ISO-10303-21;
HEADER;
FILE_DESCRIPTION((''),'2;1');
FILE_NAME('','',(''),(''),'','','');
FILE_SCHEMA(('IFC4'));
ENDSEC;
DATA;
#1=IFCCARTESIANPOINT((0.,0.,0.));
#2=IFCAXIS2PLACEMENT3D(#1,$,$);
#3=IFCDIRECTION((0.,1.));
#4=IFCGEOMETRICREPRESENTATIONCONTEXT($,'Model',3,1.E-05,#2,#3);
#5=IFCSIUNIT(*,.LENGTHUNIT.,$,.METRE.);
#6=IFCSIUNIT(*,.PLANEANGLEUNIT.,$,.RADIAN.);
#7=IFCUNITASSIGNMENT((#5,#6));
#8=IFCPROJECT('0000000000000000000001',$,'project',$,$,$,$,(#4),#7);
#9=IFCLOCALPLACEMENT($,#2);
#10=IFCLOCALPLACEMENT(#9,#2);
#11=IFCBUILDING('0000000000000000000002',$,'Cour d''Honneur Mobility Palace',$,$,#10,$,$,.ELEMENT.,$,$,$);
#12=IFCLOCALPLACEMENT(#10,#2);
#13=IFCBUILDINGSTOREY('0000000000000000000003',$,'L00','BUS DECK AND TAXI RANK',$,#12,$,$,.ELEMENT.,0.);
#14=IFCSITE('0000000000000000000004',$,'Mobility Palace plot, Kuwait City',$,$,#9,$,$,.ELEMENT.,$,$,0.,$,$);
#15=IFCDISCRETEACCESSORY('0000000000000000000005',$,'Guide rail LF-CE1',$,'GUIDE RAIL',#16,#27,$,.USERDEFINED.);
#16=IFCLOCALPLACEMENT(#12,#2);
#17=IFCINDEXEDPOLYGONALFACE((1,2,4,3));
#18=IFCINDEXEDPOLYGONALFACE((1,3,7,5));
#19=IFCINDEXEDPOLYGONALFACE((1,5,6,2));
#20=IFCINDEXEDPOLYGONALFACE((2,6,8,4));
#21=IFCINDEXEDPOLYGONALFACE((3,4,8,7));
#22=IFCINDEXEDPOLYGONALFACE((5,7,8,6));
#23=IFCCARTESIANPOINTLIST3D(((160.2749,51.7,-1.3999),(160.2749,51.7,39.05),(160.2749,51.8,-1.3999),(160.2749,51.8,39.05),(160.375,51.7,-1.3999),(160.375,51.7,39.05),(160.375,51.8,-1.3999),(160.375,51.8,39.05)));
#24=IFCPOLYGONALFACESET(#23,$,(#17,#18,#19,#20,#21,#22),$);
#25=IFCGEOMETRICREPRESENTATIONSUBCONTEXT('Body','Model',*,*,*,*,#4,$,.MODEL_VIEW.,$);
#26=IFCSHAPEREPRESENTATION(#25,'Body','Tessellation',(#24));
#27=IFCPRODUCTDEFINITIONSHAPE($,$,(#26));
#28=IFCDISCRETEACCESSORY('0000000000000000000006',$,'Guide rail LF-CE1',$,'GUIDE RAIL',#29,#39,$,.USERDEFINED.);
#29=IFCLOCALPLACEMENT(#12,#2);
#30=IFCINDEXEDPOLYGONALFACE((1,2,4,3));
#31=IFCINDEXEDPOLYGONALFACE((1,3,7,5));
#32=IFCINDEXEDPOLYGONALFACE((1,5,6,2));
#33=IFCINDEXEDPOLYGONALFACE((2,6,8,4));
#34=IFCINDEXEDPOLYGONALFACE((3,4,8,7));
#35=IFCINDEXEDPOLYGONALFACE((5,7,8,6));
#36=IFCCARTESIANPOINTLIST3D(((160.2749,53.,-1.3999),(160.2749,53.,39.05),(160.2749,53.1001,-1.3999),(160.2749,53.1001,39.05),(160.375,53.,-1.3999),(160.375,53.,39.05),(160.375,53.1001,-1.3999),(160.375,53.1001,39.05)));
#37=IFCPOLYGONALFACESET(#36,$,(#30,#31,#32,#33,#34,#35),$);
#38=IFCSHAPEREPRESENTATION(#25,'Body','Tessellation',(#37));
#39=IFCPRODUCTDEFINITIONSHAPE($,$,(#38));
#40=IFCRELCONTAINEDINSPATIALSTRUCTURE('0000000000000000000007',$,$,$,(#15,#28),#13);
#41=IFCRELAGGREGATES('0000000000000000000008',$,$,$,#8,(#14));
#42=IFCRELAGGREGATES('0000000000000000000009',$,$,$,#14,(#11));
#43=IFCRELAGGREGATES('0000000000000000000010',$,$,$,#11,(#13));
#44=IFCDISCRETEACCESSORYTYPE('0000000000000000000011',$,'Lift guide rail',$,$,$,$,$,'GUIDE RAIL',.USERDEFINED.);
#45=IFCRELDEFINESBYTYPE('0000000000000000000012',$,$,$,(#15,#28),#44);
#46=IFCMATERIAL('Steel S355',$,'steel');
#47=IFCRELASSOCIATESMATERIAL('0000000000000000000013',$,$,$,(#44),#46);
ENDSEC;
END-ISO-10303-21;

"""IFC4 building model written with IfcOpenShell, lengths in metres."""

from ifc_helpers import new_model, si_unit, direction, frame, origin, origin_2d, place, context, subcontext, project, spatial, rectangle, extrude, material, type_object, element, save


model = new_model("IFC4")

# Units and contexts
model_context = context("Model", 3, precision=1e-05, world=origin(), true_north=direction((0.0, 1.0)))
body_context = subcontext(model_context, "Body", "Model", "MODEL_VIEW")
ifc_project = project(units=[si_unit("LENGTHUNIT", "METRE"), si_unit("PLANEANGLEUNIT", "RADIAN")], contexts=[model_context])

# Site, building, storey
site_placement = place(None, origin())
site = spatial("IfcSite", under=ifc_project, at=site_placement, Name="Mobility Palace plot, Kuwait City", CompositionType="ELEMENT", RefElevation=0.0)
building_placement = place(site_placement, origin())
building = spatial("IfcBuilding", under=site, at=building_placement, Name="Cour d'Honneur Mobility Palace", CompositionType="ELEMENT")
storey_placement = place(building_placement, origin())
storey = spatial("IfcBuildingStorey", under=building, at=storey_placement, Name="L00", Description="BUS DECK AND TAXI RANK", CompositionType="ELEMENT", Elevation=0.0)

# Discrete accessories
ifc_material_1 = material(Name="Steel S355", Category="steel")
discrete_accessory_type = type_object("IfcDiscreteAccessoryType", Name="Lift guide rail", ElementType="GUIDE RAIL", PredefinedType="USERDEFINED", material=ifc_material_1)
for number, where, z_axis, x_axis, name in (
    (1, (160.325, 51.75, -1.3999), (0.0, 0.0, 1.0), (1.0, 0.0, 0.0), "Guide rail LF-CE1"),
    (2, (160.325, 53.05, -1.3999), (0.0, 0.0, 1.0), (1.0, 0.0, 0.0), "Guide rail LF-CE1"),
):
    element("IfcDiscreteAccessory", number, at=place(storey_placement, frame(where, z_axis=z_axis, x_axis=x_axis)), inside=storey, type_object=discrete_accessory_type, Name=name, ObjectType="GUIDE RAIL", PredefinedType="USERDEFINED", context=body_context, shape_type="SweptSolid", body=[
        extrude(rectangle(XDim=0.1001, YDim=0.1001, at=origin_2d()), origin(), (0.0, 0.0, 1.0), 40.45),
    ])

save(model, "model.ifc")
